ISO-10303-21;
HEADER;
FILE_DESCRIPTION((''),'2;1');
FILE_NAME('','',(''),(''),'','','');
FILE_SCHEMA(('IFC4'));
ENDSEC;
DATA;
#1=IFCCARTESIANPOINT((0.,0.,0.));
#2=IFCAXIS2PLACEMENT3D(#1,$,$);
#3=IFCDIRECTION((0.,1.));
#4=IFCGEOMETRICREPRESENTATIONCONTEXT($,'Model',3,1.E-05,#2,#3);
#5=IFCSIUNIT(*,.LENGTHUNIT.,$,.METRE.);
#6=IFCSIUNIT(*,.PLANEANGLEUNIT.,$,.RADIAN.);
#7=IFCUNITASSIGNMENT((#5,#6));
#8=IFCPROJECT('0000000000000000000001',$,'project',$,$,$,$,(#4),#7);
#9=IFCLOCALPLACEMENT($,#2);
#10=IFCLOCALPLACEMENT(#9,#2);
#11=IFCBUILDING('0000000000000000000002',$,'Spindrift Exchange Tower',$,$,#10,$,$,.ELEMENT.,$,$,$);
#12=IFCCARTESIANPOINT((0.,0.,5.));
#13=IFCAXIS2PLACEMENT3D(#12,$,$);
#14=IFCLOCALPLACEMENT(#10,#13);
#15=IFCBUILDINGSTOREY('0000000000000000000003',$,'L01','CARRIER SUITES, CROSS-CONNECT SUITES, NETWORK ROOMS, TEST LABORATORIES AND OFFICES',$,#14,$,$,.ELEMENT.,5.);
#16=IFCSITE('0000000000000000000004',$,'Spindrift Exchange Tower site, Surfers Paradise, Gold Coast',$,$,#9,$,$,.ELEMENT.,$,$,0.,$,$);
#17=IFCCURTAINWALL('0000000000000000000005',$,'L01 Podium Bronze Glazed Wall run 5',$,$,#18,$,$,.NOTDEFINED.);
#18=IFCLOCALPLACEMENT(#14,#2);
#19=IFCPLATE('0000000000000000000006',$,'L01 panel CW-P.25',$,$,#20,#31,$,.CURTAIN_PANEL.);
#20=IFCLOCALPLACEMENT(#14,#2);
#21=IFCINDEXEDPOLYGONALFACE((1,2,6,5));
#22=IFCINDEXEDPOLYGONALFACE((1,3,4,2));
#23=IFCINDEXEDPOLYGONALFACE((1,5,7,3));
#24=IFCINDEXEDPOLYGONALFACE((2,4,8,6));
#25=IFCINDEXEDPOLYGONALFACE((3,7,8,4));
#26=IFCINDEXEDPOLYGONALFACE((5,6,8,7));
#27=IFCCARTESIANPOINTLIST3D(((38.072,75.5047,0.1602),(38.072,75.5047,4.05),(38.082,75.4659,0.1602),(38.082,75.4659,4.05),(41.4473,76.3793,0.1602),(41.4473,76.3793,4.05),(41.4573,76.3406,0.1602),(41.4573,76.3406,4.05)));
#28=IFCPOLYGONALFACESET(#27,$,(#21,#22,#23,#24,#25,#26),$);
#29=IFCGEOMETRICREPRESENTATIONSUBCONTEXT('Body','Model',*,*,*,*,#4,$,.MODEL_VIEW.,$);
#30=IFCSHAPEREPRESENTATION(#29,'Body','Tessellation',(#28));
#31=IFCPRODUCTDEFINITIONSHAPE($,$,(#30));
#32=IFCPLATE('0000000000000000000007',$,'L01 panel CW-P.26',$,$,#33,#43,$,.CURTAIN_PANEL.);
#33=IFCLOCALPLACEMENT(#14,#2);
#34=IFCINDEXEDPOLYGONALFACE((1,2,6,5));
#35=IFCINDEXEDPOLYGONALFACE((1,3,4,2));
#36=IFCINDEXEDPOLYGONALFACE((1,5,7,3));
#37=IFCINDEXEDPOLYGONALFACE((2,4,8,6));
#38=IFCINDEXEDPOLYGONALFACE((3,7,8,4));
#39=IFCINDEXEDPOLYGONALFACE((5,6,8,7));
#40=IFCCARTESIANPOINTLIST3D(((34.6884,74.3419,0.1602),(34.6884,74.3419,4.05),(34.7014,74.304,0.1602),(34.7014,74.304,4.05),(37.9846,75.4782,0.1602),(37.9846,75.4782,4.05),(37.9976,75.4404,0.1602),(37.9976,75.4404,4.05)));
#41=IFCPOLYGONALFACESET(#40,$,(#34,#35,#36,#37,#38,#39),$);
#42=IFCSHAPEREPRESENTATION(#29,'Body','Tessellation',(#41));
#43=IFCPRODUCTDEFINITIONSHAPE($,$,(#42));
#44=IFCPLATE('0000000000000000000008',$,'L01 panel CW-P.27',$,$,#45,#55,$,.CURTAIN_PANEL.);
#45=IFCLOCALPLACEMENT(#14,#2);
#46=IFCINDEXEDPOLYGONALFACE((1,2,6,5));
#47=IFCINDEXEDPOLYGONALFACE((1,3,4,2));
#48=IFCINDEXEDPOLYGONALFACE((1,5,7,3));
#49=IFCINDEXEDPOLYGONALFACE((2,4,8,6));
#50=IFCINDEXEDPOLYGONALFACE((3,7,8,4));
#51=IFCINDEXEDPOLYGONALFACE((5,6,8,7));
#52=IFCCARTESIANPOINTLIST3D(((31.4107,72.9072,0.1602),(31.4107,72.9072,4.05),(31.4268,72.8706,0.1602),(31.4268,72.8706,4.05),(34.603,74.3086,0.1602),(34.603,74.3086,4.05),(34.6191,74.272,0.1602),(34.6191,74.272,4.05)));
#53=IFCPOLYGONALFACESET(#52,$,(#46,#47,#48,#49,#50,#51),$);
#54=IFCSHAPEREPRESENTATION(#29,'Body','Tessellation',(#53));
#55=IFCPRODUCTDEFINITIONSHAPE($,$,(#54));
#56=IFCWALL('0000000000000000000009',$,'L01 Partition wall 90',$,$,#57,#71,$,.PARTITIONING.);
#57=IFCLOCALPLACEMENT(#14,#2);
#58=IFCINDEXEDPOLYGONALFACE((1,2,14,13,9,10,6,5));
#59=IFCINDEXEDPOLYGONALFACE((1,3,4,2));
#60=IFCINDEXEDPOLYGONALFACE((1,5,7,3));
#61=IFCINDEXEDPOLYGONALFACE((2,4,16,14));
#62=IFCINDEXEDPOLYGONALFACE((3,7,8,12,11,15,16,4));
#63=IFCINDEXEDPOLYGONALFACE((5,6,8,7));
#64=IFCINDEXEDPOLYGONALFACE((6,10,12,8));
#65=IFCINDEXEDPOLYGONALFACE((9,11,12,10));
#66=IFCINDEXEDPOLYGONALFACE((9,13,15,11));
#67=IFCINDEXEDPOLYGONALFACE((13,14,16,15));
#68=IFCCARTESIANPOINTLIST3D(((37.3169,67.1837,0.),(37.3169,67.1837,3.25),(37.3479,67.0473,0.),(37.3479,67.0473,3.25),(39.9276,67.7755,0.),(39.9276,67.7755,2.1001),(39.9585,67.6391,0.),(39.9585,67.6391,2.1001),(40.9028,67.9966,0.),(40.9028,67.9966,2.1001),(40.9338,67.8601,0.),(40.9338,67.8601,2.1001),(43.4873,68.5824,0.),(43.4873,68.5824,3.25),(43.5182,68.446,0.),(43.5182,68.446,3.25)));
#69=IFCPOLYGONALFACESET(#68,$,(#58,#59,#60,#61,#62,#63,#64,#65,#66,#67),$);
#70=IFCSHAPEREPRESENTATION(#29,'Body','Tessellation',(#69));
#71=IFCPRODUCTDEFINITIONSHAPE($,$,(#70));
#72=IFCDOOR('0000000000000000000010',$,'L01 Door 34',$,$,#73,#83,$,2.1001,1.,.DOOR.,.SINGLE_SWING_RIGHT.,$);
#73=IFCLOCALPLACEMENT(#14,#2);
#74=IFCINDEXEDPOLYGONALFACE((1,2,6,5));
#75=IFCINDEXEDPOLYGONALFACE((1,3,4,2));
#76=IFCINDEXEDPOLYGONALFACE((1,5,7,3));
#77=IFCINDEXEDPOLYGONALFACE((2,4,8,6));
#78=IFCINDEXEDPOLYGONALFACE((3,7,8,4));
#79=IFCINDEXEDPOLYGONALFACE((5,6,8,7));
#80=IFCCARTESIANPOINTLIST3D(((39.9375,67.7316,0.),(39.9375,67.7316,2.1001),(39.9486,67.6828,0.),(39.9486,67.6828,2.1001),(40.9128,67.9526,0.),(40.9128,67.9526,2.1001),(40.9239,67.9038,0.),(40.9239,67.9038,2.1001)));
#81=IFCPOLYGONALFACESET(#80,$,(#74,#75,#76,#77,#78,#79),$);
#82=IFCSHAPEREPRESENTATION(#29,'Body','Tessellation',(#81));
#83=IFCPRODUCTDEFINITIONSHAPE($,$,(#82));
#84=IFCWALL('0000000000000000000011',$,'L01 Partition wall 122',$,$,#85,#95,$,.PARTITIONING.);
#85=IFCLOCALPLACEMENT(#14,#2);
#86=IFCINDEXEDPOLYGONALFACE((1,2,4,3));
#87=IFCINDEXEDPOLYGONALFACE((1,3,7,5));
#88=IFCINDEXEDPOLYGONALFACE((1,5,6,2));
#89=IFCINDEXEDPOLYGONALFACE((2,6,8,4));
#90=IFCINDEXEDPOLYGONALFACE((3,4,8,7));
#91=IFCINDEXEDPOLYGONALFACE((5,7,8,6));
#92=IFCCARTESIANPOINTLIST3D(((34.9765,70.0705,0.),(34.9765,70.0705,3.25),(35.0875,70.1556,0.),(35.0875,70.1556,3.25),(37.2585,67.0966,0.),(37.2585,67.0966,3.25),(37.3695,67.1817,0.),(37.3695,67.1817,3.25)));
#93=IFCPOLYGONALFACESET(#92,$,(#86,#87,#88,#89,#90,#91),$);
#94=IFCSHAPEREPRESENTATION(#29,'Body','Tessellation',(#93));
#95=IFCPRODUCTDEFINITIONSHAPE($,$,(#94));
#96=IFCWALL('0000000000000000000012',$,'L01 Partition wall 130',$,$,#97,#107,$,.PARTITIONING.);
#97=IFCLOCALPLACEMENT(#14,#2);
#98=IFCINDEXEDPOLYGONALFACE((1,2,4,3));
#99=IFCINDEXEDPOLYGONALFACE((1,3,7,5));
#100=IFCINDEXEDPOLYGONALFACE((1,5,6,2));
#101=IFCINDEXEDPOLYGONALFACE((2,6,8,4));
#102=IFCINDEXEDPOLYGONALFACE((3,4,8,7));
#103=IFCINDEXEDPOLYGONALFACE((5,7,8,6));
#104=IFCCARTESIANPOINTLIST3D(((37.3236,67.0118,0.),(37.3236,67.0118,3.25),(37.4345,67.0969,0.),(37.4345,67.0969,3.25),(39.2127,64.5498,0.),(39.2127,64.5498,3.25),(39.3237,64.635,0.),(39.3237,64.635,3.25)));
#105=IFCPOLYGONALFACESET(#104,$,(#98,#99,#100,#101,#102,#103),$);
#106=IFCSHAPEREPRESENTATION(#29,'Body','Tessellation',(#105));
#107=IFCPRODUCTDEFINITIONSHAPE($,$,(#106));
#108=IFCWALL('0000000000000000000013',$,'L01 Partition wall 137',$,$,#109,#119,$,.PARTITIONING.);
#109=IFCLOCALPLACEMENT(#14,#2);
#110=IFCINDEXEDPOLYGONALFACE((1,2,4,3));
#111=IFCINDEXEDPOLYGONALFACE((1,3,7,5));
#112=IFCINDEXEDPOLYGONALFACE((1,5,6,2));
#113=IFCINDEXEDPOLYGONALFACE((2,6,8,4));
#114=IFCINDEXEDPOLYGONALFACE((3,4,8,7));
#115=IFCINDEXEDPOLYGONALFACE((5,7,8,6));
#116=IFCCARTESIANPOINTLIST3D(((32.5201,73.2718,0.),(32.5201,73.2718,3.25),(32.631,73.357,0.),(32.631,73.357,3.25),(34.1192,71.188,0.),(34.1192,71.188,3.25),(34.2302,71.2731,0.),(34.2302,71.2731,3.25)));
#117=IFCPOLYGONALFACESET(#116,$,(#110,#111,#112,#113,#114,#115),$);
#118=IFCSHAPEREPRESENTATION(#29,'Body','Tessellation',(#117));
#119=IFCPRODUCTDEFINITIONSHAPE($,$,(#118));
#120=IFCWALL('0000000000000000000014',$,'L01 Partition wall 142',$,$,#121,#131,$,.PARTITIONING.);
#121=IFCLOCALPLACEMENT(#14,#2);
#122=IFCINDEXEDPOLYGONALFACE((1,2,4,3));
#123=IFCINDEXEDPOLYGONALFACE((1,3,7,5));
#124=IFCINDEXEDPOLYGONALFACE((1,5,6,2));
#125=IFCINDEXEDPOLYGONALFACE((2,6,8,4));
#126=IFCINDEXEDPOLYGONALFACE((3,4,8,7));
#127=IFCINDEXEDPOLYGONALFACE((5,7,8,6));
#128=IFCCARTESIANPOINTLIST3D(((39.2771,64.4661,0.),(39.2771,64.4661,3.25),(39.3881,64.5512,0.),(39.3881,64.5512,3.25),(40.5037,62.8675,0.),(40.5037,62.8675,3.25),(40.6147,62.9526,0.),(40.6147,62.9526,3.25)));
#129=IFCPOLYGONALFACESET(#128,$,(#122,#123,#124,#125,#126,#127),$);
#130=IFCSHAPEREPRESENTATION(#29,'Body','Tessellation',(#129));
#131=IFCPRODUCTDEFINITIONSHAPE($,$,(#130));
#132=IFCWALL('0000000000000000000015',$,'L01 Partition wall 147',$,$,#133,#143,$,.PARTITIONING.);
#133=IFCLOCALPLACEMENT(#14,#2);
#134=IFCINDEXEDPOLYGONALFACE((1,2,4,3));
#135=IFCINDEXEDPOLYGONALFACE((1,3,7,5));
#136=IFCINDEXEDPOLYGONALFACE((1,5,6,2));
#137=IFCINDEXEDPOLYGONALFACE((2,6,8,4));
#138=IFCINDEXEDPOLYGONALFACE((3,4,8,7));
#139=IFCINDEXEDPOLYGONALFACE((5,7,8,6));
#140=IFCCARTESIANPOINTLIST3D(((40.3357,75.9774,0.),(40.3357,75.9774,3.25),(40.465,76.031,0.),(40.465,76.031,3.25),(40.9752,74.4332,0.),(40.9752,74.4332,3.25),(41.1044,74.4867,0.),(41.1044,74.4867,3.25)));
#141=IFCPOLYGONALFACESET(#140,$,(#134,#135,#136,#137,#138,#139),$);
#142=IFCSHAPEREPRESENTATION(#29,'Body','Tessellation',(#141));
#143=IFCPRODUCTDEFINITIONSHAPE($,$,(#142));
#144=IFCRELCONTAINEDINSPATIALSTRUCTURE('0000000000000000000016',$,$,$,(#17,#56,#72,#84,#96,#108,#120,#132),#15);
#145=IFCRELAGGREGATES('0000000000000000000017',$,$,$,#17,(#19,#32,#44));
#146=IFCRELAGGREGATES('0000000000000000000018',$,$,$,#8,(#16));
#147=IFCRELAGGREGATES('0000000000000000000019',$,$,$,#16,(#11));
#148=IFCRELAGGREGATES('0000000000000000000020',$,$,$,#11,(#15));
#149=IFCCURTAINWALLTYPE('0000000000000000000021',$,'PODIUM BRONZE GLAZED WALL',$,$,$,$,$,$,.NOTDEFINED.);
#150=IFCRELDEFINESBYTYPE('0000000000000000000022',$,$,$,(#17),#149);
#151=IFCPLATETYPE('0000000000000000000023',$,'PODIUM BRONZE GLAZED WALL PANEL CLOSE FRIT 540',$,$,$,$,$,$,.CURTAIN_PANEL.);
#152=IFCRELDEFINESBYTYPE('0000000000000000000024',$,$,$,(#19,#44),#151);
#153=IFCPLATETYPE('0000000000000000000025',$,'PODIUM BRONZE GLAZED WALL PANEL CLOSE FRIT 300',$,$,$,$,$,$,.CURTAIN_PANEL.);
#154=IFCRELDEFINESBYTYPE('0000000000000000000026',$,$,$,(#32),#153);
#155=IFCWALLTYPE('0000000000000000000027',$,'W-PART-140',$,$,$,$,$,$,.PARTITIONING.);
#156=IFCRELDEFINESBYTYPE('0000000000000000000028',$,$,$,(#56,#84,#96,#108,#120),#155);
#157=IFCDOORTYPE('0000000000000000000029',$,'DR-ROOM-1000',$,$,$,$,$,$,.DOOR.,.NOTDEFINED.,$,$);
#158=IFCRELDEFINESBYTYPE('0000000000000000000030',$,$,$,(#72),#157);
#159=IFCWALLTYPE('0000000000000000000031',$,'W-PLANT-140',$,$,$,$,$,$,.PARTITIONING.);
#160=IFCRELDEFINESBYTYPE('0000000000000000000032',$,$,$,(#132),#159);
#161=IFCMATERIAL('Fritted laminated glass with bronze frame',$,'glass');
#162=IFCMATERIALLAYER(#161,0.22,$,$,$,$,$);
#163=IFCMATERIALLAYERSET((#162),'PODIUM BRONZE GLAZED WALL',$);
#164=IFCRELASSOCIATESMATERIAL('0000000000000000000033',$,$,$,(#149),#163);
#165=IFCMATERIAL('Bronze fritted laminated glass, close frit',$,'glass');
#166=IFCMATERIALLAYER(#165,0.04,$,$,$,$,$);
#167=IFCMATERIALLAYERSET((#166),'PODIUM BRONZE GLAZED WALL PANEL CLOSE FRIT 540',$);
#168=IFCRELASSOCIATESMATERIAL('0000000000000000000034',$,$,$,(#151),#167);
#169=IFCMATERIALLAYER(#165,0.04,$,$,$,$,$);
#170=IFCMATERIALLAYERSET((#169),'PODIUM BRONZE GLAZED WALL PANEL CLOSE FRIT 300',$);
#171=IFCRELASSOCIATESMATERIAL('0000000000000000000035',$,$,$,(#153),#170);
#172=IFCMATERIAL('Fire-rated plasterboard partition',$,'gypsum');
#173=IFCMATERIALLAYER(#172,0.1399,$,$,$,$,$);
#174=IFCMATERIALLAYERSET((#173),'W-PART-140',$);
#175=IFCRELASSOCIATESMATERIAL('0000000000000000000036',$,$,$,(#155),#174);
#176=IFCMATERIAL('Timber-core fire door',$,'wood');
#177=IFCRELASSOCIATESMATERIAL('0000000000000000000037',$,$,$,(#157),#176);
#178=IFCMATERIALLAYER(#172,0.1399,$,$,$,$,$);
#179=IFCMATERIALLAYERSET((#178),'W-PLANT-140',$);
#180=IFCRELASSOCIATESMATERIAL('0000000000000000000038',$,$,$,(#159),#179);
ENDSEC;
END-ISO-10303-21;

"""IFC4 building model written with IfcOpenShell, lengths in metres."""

from ifc_helpers import new_model, si_unit, direction, frame, frame_2d, origin, origin_2d, place, context, subcontext, project, spatial, rectangle, extrude, source, transform, mapped, material, layer, layer_set, type_object, element, fill, aggregate, save


model = new_model("IFC4")

# Units and contexts
model_context = context("Model", 3, precision=1e-05, world=origin(), true_north=direction((0.0, 1.0)))
body_context = subcontext(model_context, "Body", "Model", "MODEL_VIEW")
ifc_project = project(units=[si_unit("LENGTHUNIT", "METRE"), si_unit("PLANEANGLEUNIT", "RADIAN")], contexts=[model_context])

# Site, building, storey
site_placement = place(None, origin())
site = spatial("IfcSite", under=ifc_project, at=site_placement, Name="Spindrift Exchange Tower site, Surfers Paradise, Gold Coast", CompositionType="ELEMENT", RefElevation=0.0)
building_placement = place(site_placement, origin())
building = spatial("IfcBuilding", under=site, at=building_placement, Name="Spindrift Exchange Tower", CompositionType="ELEMENT")
storey_placement = place(building_placement, frame((0.0, 0.0, 5.0)))
storey = spatial("IfcBuildingStorey", under=building, at=storey_placement, Name="L01", Description="CARRIER SUITES, CROSS-CONNECT SUITES, NETWORK ROOMS, TEST LABORATORIES AND OFFICES", CompositionType="ELEMENT", Elevation=5.0)

# Curtain wall, plates
ifc_material_1 = material(Name="Fritted laminated glass with bronze frame", Category="glass")
ifc_layer_1 = layer(ifc_material_1, 0.22)
ifc_layer_set_1 = layer_set([ifc_layer_1], Name="PODIUM BRONZE GLAZED WALL")
curtain_wall_type = type_object("IfcCurtainWallType", Name="PODIUM BRONZE GLAZED WALL", PredefinedType="NOTDEFINED", material=ifc_layer_set_1)
curtain_wall_placement = place(storey_placement, origin())
curtain_wall = element("IfcCurtainWall", 1, at=curtain_wall_placement, inside=storey, type_object=curtain_wall_type, Name="L01 Podium Bronze Glazed Wall run 5", PredefinedType="NOTDEFINED")
ifc_material_2 = material(Name="Bronze fritted laminated glass, close frit", Category="glass")
ifc_layer_2 = layer(ifc_material_2, 0.04)
ifc_layer_set_2 = layer_set([ifc_layer_2], Name="PODIUM BRONZE GLAZED WALL PANEL CLOSE FRIT 540")
plate_type_1 = type_object("IfcPlateType", Name="PODIUM BRONZE GLAZED WALL PANEL CLOSE FRIT 540", PredefinedType="CURTAIN_PANEL", material=ifc_layer_set_2)
shared_shape_1 = source(origin(), body_context, "Body", "SweptSolid", [
    extrude(rectangle(XDim=3.4868, YDim=0.04, at=origin_2d()), origin(), (0.0, 0.0, 1.0), 3.8899),
])
plate_1_placement = place(storey_placement, frame((39.7646, 75.9226, 0.1602), z_axis=(0.0, 0.0, 1.0), x_axis=(-0.968026, -0.250848, 0.0)))
plate_1 = element("IfcPlate", 2, at=plate_1_placement, type_object=plate_type_1, Name="L01 panel CW-P.25", PredefinedType="CURTAIN_PANEL", context=body_context, shape_type="MappedRepresentation", body=[
    mapped(shared_shape_1, transform((0.0, 0.0, 0.0), scale=1.0)),
])
ifc_layer_3 = layer(ifc_material_2, 0.04)
ifc_layer_set_3 = layer_set([ifc_layer_3], Name="PODIUM BRONZE GLAZED WALL PANEL CLOSE FRIT 300")
plate_type_2 = type_object("IfcPlateType", Name="PODIUM BRONZE GLAZED WALL PANEL CLOSE FRIT 300", PredefinedType="CURTAIN_PANEL", material=ifc_layer_set_3)
shared_shape_2 = source(origin(), body_context, "Body", "SweptSolid", [
    extrude(rectangle(XDim=3.4866, YDim=0.04, at=origin_2d()), origin(), (0.0, 0.0, 1.0), 3.8899),
])
plate_2_placement = place(storey_placement, frame((36.343, 74.8911, 0.1602), z_axis=(0.0, 0.0, 1.0), x_axis=(-0.945396, -0.325925, 0.0)))
plate_2 = element("IfcPlate", 3, at=plate_2_placement, type_object=plate_type_2, Name="L01 panel CW-P.26", PredefinedType="CURTAIN_PANEL", context=body_context, shape_type="MappedRepresentation", body=[
    mapped(shared_shape_2, transform((0.0, 0.0, 0.0), scale=1.0)),
])
shared_shape_3 = source(origin(), body_context, "Body", "SweptSolid", [
    extrude(rectangle(XDim=3.4863, YDim=0.04, at=origin_2d()), origin(), (0.0, 0.0, 1.0), 3.8899),
])
plate_3_placement = place(storey_placement, frame((33.0149, 73.5896, 0.1602), z_axis=(0.0, 0.0, 1.0), x_axis=(-0.915651, -0.401973, 0.0)))
plate_3 = element("IfcPlate", 4, at=plate_3_placement, type_object=plate_type_1, Name="L01 panel CW-P.27", PredefinedType="CURTAIN_PANEL", context=body_context, shape_type="MappedRepresentation", body=[
    mapped(shared_shape_3, transform((0.0, 0.0, 0.0), scale=1.0)),
])
aggregate(curtain_wall, [plate_1, plate_2, plate_3])

# Wall, opening, door
ifc_material_3 = material(Name="Fire-rated plasterboard partition", Category="gypsum")
ifc_layer_4 = layer(ifc_material_3, 0.1399)
ifc_layer_set_4 = layer_set([ifc_layer_4], Name="W-PART-140")
wall_type_1 = type_object("IfcWallType", Name="W-PART-140", PredefinedType="PARTITIONING", material=ifc_layer_set_4)
wall_1_placement = place(storey_placement, frame((37.3323, 67.1155, 0.0), z_axis=(0.0, 0.0, 1.0), x_axis=(0.975259, 0.221067, 0.0)))
wall_1 = element("IfcWall", 5, at=wall_1_placement, inside=storey, type_object=wall_type_1, Name="L01 Partition wall 90", PredefinedType="PARTITIONING", context=body_context, shape_type="SweptSolid", body=[
    extrude(rectangle(XDim=6.3269, YDim=0.1399, at=frame_2d((3.1636, 0.0))), origin(), (0.0, 0.0, 1.0), 3.25),
])
opening_placement = place(wall_1_placement, frame((2.677, 0.0, 0.0)))
opening = element("IfcOpeningElement", 6, at=opening_placement, cuts=wall_1, PredefinedType="OPENING", context=body_context, shape_type="SweptSolid", body=[
    extrude(rectangle(XDim=1.0, YDim=2.1001, at=frame_2d((0.5, 1.05))), frame((0.0, 0.0798, 0.0), z_axis=(0.0, -1.0, 0.0), x_axis=(1.0, 0.0, 0.0)), (0.0, 0.0, 1.0), 0.1599),
])
ifc_material_4 = material(Name="Timber-core fire door", Category="wood")
door_type = type_object("IfcDoorType", Name="DR-ROOM-1000", OperationType="NOTDEFINED", PredefinedType="DOOR", material=ifc_material_4)
shared_shape_4 = source(origin(), body_context, "Body", "SweptSolid", [
    extrude(rectangle(XDim=1.0, YDim=2.1001, at=frame_2d((0.5, 1.05))), frame((0.0, 0.0249, 0.0), z_axis=(0.0, -1.0, 0.0), x_axis=(1.0, 0.0, 0.0)), (0.0, 0.0, 1.0), 0.05),
])
door_placement = place(opening_placement, origin())
door = element("IfcDoor", 7, at=door_placement, inside=storey, type_object=door_type, Name="L01 Door 34", OperationType="SINGLE_SWING_RIGHT", OverallHeight=2.1001, OverallWidth=1.0, PredefinedType="DOOR", context=body_context, shape_type="MappedRepresentation", body=[
    mapped(shared_shape_4, transform((0.0, 0.0, 0.0), scale=1.0)),
])
fill(opening, door)

# Walls
wall_2_placement = place(storey_placement, frame((37.314, 67.1392, 0.0), z_axis=(0.0, 0.0, 1.0), x_axis=(-0.608769, 0.793347, 0.0)))
element("IfcWall", 8, at=wall_2_placement, inside=storey, type_object=wall_type_1, Name="L01 Partition wall 122", PredefinedType="PARTITIONING", context=body_context, shape_type="SweptSolid", body=[
    extrude(rectangle(XDim=3.7485, YDim=0.1399, at=frame_2d((1.8743, 0.0))), origin(), (0.0, 0.0, 1.0), 3.25),
])
wall_3_placement = place(storey_placement, frame((39.2683, 64.5923, 0.0), z_axis=(0.0, 0.0, 1.0), x_axis=(-0.608775, 0.793343, 0.0)))
element("IfcWall", 9, at=wall_3_placement, inside=storey, type_object=wall_type_1, Name="L01 Partition wall 130", PredefinedType="PARTITIONING", context=body_context, shape_type="SweptSolid", body=[
    extrude(rectangle(XDim=3.1033, YDim=0.1399, at=frame_2d((1.5518, 0.0))), origin(), (0.0, 0.0, 1.0), 3.25),
])
wall_4_placement = place(storey_placement, frame((34.1748, 71.2305, 0.0), z_axis=(0.0, 0.0, 1.0), x_axis=(-0.608812, 0.793315, 0.0)))
element("IfcWall", 10, at=wall_4_placement, inside=storey, type_object=wall_type_1, Name="L01 Partition wall 137", PredefinedType="PARTITIONING", context=body_context, shape_type="SweptSolid", body=[
    extrude(rectangle(XDim=2.6267, YDim=0.1399, at=frame_2d((1.3135, 0.0))), origin(), (0.0, 0.0, 1.0), 3.25),
])
wall_5_placement = place(storey_placement, frame((40.5591, 62.9102, 0.0), z_axis=(0.0, 0.0, 1.0), x_axis=(-0.608727, 0.79338, 0.0)))
element("IfcWall", 11, at=wall_5_placement, inside=storey, type_object=wall_type_1, Name="L01 Partition wall 142", PredefinedType="PARTITIONING", context=body_context, shape_type="SweptSolid", body=[
    extrude(rectangle(XDim=2.0149, YDim=0.1399, at=frame_2d((1.0073, 0.0))), origin(), (0.0, 0.0, 1.0), 3.25),
])
ifc_layer_5 = layer(ifc_material_3, 0.1399)
ifc_layer_set_5 = layer_set([ifc_layer_5], Name="W-PLANT-140")
wall_type_2 = type_object("IfcWallType", Name="W-PLANT-140", PredefinedType="PARTITIONING", material=ifc_layer_set_5)
wall_6_placement = place(storey_placement, frame((41.0398, 74.46, 0.0), z_axis=(0.0, 0.0, 1.0), x_axis=(-0.382571, 0.923926, 0.0)))
element("IfcWall", 12, at=wall_6_placement, inside=storey, type_object=wall_type_2, Name="L01 Partition wall 147", PredefinedType="PARTITIONING", context=body_context, shape_type="SweptSolid", body=[
    extrude(rectangle(XDim=1.6714, YDim=0.1399, at=frame_2d((0.8357, 0.0))), origin(), (0.0, 0.0, 1.0), 3.25),
])

save(model, "model.ifc")
